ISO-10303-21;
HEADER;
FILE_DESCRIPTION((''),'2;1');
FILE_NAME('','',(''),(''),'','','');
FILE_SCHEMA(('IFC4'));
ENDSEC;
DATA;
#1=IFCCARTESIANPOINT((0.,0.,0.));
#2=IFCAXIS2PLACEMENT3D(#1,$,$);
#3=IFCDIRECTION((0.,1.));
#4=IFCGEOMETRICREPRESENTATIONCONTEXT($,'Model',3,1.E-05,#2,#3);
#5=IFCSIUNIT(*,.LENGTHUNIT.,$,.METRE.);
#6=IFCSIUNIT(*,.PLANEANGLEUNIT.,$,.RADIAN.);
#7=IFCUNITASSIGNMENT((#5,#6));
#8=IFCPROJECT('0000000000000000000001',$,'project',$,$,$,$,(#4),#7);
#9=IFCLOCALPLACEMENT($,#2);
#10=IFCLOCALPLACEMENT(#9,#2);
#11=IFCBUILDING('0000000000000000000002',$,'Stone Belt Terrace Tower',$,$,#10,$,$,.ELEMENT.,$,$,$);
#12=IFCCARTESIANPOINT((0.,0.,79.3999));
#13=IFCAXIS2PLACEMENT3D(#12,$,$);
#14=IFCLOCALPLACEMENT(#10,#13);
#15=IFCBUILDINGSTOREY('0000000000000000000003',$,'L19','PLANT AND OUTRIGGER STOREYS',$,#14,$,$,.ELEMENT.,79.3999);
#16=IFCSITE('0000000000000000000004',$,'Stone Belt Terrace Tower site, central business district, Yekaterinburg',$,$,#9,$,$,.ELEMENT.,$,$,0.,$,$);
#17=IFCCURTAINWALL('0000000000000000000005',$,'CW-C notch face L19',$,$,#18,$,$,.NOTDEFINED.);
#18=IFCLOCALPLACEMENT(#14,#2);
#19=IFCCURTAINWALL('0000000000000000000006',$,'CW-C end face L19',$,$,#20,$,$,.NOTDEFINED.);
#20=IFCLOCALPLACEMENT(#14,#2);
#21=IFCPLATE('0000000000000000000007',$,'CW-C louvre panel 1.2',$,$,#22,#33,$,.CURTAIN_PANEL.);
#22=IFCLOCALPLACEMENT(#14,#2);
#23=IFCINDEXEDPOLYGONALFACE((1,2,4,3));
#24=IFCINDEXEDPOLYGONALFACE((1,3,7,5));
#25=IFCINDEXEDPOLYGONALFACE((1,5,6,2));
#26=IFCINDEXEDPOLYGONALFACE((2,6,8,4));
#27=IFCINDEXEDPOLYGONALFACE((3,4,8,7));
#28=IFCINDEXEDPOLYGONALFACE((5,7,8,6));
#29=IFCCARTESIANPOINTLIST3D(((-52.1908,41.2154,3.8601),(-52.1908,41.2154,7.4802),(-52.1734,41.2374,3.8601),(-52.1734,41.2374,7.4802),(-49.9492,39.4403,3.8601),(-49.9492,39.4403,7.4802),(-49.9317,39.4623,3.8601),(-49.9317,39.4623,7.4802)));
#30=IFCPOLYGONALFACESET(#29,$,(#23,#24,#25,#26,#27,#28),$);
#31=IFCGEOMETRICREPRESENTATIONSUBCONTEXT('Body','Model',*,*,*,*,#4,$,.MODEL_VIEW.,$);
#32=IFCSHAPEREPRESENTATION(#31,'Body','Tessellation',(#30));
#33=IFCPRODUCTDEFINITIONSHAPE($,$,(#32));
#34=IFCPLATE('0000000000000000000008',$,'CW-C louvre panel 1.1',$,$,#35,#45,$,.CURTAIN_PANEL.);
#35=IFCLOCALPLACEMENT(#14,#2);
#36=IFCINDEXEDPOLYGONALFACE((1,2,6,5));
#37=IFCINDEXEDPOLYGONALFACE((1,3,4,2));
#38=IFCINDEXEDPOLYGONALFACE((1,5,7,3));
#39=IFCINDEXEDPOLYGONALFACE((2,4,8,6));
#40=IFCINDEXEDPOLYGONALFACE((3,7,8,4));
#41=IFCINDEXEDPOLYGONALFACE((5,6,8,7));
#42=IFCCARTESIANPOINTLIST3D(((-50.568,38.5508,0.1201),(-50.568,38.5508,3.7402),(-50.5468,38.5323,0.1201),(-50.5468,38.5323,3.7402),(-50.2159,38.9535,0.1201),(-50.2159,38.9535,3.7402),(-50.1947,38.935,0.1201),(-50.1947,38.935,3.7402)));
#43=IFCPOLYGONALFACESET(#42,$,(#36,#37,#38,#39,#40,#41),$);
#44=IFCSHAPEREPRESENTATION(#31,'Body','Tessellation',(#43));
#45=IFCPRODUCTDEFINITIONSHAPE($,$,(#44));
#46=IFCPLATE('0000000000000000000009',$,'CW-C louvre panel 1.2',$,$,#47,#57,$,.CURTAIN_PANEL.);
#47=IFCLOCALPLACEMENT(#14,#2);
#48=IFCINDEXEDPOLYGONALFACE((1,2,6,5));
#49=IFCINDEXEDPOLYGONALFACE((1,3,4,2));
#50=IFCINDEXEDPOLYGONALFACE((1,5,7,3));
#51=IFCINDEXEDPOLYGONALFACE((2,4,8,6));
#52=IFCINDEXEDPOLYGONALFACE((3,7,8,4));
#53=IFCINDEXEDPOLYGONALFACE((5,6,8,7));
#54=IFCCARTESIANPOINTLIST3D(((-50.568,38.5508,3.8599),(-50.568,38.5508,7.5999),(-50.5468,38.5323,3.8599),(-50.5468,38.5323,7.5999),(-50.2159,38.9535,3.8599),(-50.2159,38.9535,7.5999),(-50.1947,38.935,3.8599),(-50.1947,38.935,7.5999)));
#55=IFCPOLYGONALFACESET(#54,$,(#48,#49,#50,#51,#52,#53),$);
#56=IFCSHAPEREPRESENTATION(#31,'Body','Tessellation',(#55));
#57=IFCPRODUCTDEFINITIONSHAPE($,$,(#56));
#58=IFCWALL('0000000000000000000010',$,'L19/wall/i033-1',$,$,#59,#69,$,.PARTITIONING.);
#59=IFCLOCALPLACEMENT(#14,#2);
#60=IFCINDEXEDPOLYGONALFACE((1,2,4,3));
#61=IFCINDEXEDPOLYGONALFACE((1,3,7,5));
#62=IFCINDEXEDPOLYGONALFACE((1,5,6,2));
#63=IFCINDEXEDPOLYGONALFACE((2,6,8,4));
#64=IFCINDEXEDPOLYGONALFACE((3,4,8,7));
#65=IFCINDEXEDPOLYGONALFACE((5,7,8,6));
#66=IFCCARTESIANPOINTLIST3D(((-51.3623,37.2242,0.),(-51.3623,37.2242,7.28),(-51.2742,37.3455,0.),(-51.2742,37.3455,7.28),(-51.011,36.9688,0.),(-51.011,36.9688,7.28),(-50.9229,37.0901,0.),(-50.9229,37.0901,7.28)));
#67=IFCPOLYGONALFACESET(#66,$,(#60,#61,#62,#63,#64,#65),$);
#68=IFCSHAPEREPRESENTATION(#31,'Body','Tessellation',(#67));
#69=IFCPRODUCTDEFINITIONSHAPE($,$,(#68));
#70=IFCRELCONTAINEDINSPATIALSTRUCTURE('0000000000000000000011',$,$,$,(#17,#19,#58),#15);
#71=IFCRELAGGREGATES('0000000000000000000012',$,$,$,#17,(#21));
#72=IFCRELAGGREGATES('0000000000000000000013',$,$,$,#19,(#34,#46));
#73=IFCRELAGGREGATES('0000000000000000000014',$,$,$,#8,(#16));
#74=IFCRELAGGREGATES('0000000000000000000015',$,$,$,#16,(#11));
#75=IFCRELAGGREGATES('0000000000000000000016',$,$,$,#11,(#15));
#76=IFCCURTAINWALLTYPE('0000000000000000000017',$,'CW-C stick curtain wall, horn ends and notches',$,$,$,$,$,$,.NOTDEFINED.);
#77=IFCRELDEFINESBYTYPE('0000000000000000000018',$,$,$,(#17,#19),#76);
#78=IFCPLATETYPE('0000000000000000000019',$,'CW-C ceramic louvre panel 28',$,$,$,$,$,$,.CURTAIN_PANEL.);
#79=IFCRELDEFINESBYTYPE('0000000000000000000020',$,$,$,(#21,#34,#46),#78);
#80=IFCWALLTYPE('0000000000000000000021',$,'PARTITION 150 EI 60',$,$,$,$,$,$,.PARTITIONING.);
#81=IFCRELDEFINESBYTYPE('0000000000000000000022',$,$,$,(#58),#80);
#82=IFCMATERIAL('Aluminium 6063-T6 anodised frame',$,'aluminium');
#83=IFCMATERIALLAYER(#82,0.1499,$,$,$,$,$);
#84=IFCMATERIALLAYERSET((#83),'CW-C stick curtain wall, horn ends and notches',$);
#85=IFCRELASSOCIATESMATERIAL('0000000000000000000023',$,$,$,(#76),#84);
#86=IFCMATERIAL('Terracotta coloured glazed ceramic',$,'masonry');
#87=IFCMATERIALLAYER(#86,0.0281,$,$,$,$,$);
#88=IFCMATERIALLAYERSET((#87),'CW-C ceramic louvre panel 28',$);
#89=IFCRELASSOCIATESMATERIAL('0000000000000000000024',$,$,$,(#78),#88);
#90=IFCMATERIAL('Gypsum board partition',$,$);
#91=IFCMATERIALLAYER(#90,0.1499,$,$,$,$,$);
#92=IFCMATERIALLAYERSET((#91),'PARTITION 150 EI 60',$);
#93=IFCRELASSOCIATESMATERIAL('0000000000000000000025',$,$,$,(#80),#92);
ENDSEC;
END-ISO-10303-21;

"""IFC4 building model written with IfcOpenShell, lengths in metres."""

from ifc_helpers import new_model, si_unit, direction, frame, frame_2d, origin, origin_2d, place, context, subcontext, project, spatial, rectangle, extrude, material, layer, layer_set, type_object, element, aggregate, save


model = new_model("IFC4")

# Units and contexts
model_context = context("Model", 3, precision=1e-05, world=origin(), true_north=direction((0.0, 1.0)))
body_context = subcontext(model_context, "Body", "Model", "MODEL_VIEW")
ifc_project = project(units=[si_unit("LENGTHUNIT", "METRE"), si_unit("PLANEANGLEUNIT", "RADIAN")], contexts=[model_context])

# Site, building, storey
site_placement = place(None, origin())
site = spatial("IfcSite", under=ifc_project, at=site_placement, Name="Stone Belt Terrace Tower site, central business district, Yekaterinburg", CompositionType="ELEMENT", RefElevation=0.0)
building_placement = place(site_placement, origin())
building = spatial("IfcBuilding", under=site, at=building_placement, Name="Stone Belt Terrace Tower", CompositionType="ELEMENT")
storey_placement = place(building_placement, frame((0.0, 0.0, 79.3999)))
storey = spatial("IfcBuildingStorey", under=building, at=storey_placement, Name="L19", Description="PLANT AND OUTRIGGER STOREYS", CompositionType="ELEMENT", Elevation=79.3999)

# Curtain wall
ifc_material_1 = material(Name="Aluminium 6063-T6 anodised frame", Category="aluminium")
ifc_layer_1 = layer(ifc_material_1, 0.1499)
ifc_layer_set_1 = layer_set([ifc_layer_1], Name="CW-C stick curtain wall, horn ends and notches")
curtain_wall_type_1 = type_object("IfcCurtainWallType", Name="CW-C stick curtain wall, horn ends and notches", PredefinedType="NOTDEFINED", material=ifc_layer_set_1)
curtain_wall_1_placement = place(storey_placement, origin())
curtain_wall_1 = element("IfcCurtainWall", 1, at=curtain_wall_1_placement, inside=storey, type_object=curtain_wall_type_1, Name="CW-C notch face L19", PredefinedType="NOTDEFINED")

# Curtain wall
curtain_wall_2_placement = place(storey_placement, origin())
curtain_wall_2 = element("IfcCurtainWall", 2, at=curtain_wall_2_placement, inside=storey, type_object=curtain_wall_type_1, Name="CW-C end face L19", PredefinedType="NOTDEFINED")

# Shared definitions
ifc_material_2 = material(Name="Terracotta coloured glazed ceramic", Category="masonry")

# Plates
ifc_layer_2 = layer(ifc_material_2, 0.0281)
ifc_layer_set_2 = layer_set([ifc_layer_2], Name="CW-C ceramic louvre panel 28")
plate_type_1 = type_object("IfcPlateType", Name="CW-C ceramic louvre panel 28", PredefinedType="CURTAIN_PANEL", material=ifc_layer_set_2)
plate_1_placement = place(storey_placement, frame((-51.0613, 40.3389, 3.8601), z_axis=(0.0, 0.0, 1.0), x_axis=(0.783964, -0.620807, 0.0)))
plate_1 = element("IfcPlate", 3, at=plate_1_placement, type_object=plate_type_1, Name="CW-C louvre panel 1.2", PredefinedType="CURTAIN_PANEL", context=body_context, shape_type="SweptSolid", body=[
    extrude(rectangle(XDim=2.8594, YDim=0.0281, at=origin_2d()), origin(), (0.0, 0.0, 1.0), 3.6201),
])
aggregate(curtain_wall_1, [plate_1])
plate_2_placement = place(storey_placement, frame((-50.3813, 38.7429, 0.1201), z_axis=(0.0, 0.0, 1.0), x_axis=(-0.65823, -0.752817, 0.0)))
plate_2 = element("IfcPlate", 4, at=plate_2_placement, type_object=plate_type_1, Name="CW-C louvre panel 1.1", PredefinedType="CURTAIN_PANEL", context=body_context, shape_type="SweptSolid", body=[
    extrude(rectangle(XDim=0.5349, YDim=0.0281, at=origin_2d()), origin(), (0.0, 0.0, 1.0), 3.6201),
])
plate_3_placement = place(storey_placement, frame((-50.3813, 38.7429, 3.8599), z_axis=(0.0, 0.0, 1.0), x_axis=(-0.65823, -0.752817, 0.0)))
plate_3 = element("IfcPlate", 5, at=plate_3_placement, type_object=plate_type_1, Name="CW-C louvre panel 1.2", PredefinedType="CURTAIN_PANEL", context=body_context, shape_type="SweptSolid", body=[
    extrude(rectangle(XDim=0.5349, YDim=0.0281, at=origin_2d()), origin(), (0.0, 0.0, 1.0), 3.74),
])
aggregate(curtain_wall_2, [plate_2, plate_3])

# Wall
ifc_material_3 = material(Name="Gypsum board partition")
ifc_layer_3 = layer(ifc_material_3, 0.1499)
ifc_layer_set_3 = layer_set([ifc_layer_3], Name="PARTITION 150 EI 60")
wall_type = type_object("IfcWallType", Name="PARTITION 150 EI 60", PredefinedType="PARTITIONING", material=ifc_layer_set_3)
wall_placement = place(storey_placement, frame((-51.3184, 37.2849, 0.0), z_axis=(0.0, 0.0, 1.0), x_axis=(0.808882, -0.587971, 0.0)))
element("IfcWall", 6, at=wall_placement, inside=storey, type_object=wall_type, Name="L19/wall/i033-1", PredefinedType="PARTITIONING", context=body_context, shape_type="SweptSolid", body=[
    extrude(rectangle(XDim=0.4343, YDim=0.1499, at=frame_2d((0.2173, 0.0))), origin(), (0.0, 0.0, 1.0), 7.28),
])

save(model, "model.ifc")
